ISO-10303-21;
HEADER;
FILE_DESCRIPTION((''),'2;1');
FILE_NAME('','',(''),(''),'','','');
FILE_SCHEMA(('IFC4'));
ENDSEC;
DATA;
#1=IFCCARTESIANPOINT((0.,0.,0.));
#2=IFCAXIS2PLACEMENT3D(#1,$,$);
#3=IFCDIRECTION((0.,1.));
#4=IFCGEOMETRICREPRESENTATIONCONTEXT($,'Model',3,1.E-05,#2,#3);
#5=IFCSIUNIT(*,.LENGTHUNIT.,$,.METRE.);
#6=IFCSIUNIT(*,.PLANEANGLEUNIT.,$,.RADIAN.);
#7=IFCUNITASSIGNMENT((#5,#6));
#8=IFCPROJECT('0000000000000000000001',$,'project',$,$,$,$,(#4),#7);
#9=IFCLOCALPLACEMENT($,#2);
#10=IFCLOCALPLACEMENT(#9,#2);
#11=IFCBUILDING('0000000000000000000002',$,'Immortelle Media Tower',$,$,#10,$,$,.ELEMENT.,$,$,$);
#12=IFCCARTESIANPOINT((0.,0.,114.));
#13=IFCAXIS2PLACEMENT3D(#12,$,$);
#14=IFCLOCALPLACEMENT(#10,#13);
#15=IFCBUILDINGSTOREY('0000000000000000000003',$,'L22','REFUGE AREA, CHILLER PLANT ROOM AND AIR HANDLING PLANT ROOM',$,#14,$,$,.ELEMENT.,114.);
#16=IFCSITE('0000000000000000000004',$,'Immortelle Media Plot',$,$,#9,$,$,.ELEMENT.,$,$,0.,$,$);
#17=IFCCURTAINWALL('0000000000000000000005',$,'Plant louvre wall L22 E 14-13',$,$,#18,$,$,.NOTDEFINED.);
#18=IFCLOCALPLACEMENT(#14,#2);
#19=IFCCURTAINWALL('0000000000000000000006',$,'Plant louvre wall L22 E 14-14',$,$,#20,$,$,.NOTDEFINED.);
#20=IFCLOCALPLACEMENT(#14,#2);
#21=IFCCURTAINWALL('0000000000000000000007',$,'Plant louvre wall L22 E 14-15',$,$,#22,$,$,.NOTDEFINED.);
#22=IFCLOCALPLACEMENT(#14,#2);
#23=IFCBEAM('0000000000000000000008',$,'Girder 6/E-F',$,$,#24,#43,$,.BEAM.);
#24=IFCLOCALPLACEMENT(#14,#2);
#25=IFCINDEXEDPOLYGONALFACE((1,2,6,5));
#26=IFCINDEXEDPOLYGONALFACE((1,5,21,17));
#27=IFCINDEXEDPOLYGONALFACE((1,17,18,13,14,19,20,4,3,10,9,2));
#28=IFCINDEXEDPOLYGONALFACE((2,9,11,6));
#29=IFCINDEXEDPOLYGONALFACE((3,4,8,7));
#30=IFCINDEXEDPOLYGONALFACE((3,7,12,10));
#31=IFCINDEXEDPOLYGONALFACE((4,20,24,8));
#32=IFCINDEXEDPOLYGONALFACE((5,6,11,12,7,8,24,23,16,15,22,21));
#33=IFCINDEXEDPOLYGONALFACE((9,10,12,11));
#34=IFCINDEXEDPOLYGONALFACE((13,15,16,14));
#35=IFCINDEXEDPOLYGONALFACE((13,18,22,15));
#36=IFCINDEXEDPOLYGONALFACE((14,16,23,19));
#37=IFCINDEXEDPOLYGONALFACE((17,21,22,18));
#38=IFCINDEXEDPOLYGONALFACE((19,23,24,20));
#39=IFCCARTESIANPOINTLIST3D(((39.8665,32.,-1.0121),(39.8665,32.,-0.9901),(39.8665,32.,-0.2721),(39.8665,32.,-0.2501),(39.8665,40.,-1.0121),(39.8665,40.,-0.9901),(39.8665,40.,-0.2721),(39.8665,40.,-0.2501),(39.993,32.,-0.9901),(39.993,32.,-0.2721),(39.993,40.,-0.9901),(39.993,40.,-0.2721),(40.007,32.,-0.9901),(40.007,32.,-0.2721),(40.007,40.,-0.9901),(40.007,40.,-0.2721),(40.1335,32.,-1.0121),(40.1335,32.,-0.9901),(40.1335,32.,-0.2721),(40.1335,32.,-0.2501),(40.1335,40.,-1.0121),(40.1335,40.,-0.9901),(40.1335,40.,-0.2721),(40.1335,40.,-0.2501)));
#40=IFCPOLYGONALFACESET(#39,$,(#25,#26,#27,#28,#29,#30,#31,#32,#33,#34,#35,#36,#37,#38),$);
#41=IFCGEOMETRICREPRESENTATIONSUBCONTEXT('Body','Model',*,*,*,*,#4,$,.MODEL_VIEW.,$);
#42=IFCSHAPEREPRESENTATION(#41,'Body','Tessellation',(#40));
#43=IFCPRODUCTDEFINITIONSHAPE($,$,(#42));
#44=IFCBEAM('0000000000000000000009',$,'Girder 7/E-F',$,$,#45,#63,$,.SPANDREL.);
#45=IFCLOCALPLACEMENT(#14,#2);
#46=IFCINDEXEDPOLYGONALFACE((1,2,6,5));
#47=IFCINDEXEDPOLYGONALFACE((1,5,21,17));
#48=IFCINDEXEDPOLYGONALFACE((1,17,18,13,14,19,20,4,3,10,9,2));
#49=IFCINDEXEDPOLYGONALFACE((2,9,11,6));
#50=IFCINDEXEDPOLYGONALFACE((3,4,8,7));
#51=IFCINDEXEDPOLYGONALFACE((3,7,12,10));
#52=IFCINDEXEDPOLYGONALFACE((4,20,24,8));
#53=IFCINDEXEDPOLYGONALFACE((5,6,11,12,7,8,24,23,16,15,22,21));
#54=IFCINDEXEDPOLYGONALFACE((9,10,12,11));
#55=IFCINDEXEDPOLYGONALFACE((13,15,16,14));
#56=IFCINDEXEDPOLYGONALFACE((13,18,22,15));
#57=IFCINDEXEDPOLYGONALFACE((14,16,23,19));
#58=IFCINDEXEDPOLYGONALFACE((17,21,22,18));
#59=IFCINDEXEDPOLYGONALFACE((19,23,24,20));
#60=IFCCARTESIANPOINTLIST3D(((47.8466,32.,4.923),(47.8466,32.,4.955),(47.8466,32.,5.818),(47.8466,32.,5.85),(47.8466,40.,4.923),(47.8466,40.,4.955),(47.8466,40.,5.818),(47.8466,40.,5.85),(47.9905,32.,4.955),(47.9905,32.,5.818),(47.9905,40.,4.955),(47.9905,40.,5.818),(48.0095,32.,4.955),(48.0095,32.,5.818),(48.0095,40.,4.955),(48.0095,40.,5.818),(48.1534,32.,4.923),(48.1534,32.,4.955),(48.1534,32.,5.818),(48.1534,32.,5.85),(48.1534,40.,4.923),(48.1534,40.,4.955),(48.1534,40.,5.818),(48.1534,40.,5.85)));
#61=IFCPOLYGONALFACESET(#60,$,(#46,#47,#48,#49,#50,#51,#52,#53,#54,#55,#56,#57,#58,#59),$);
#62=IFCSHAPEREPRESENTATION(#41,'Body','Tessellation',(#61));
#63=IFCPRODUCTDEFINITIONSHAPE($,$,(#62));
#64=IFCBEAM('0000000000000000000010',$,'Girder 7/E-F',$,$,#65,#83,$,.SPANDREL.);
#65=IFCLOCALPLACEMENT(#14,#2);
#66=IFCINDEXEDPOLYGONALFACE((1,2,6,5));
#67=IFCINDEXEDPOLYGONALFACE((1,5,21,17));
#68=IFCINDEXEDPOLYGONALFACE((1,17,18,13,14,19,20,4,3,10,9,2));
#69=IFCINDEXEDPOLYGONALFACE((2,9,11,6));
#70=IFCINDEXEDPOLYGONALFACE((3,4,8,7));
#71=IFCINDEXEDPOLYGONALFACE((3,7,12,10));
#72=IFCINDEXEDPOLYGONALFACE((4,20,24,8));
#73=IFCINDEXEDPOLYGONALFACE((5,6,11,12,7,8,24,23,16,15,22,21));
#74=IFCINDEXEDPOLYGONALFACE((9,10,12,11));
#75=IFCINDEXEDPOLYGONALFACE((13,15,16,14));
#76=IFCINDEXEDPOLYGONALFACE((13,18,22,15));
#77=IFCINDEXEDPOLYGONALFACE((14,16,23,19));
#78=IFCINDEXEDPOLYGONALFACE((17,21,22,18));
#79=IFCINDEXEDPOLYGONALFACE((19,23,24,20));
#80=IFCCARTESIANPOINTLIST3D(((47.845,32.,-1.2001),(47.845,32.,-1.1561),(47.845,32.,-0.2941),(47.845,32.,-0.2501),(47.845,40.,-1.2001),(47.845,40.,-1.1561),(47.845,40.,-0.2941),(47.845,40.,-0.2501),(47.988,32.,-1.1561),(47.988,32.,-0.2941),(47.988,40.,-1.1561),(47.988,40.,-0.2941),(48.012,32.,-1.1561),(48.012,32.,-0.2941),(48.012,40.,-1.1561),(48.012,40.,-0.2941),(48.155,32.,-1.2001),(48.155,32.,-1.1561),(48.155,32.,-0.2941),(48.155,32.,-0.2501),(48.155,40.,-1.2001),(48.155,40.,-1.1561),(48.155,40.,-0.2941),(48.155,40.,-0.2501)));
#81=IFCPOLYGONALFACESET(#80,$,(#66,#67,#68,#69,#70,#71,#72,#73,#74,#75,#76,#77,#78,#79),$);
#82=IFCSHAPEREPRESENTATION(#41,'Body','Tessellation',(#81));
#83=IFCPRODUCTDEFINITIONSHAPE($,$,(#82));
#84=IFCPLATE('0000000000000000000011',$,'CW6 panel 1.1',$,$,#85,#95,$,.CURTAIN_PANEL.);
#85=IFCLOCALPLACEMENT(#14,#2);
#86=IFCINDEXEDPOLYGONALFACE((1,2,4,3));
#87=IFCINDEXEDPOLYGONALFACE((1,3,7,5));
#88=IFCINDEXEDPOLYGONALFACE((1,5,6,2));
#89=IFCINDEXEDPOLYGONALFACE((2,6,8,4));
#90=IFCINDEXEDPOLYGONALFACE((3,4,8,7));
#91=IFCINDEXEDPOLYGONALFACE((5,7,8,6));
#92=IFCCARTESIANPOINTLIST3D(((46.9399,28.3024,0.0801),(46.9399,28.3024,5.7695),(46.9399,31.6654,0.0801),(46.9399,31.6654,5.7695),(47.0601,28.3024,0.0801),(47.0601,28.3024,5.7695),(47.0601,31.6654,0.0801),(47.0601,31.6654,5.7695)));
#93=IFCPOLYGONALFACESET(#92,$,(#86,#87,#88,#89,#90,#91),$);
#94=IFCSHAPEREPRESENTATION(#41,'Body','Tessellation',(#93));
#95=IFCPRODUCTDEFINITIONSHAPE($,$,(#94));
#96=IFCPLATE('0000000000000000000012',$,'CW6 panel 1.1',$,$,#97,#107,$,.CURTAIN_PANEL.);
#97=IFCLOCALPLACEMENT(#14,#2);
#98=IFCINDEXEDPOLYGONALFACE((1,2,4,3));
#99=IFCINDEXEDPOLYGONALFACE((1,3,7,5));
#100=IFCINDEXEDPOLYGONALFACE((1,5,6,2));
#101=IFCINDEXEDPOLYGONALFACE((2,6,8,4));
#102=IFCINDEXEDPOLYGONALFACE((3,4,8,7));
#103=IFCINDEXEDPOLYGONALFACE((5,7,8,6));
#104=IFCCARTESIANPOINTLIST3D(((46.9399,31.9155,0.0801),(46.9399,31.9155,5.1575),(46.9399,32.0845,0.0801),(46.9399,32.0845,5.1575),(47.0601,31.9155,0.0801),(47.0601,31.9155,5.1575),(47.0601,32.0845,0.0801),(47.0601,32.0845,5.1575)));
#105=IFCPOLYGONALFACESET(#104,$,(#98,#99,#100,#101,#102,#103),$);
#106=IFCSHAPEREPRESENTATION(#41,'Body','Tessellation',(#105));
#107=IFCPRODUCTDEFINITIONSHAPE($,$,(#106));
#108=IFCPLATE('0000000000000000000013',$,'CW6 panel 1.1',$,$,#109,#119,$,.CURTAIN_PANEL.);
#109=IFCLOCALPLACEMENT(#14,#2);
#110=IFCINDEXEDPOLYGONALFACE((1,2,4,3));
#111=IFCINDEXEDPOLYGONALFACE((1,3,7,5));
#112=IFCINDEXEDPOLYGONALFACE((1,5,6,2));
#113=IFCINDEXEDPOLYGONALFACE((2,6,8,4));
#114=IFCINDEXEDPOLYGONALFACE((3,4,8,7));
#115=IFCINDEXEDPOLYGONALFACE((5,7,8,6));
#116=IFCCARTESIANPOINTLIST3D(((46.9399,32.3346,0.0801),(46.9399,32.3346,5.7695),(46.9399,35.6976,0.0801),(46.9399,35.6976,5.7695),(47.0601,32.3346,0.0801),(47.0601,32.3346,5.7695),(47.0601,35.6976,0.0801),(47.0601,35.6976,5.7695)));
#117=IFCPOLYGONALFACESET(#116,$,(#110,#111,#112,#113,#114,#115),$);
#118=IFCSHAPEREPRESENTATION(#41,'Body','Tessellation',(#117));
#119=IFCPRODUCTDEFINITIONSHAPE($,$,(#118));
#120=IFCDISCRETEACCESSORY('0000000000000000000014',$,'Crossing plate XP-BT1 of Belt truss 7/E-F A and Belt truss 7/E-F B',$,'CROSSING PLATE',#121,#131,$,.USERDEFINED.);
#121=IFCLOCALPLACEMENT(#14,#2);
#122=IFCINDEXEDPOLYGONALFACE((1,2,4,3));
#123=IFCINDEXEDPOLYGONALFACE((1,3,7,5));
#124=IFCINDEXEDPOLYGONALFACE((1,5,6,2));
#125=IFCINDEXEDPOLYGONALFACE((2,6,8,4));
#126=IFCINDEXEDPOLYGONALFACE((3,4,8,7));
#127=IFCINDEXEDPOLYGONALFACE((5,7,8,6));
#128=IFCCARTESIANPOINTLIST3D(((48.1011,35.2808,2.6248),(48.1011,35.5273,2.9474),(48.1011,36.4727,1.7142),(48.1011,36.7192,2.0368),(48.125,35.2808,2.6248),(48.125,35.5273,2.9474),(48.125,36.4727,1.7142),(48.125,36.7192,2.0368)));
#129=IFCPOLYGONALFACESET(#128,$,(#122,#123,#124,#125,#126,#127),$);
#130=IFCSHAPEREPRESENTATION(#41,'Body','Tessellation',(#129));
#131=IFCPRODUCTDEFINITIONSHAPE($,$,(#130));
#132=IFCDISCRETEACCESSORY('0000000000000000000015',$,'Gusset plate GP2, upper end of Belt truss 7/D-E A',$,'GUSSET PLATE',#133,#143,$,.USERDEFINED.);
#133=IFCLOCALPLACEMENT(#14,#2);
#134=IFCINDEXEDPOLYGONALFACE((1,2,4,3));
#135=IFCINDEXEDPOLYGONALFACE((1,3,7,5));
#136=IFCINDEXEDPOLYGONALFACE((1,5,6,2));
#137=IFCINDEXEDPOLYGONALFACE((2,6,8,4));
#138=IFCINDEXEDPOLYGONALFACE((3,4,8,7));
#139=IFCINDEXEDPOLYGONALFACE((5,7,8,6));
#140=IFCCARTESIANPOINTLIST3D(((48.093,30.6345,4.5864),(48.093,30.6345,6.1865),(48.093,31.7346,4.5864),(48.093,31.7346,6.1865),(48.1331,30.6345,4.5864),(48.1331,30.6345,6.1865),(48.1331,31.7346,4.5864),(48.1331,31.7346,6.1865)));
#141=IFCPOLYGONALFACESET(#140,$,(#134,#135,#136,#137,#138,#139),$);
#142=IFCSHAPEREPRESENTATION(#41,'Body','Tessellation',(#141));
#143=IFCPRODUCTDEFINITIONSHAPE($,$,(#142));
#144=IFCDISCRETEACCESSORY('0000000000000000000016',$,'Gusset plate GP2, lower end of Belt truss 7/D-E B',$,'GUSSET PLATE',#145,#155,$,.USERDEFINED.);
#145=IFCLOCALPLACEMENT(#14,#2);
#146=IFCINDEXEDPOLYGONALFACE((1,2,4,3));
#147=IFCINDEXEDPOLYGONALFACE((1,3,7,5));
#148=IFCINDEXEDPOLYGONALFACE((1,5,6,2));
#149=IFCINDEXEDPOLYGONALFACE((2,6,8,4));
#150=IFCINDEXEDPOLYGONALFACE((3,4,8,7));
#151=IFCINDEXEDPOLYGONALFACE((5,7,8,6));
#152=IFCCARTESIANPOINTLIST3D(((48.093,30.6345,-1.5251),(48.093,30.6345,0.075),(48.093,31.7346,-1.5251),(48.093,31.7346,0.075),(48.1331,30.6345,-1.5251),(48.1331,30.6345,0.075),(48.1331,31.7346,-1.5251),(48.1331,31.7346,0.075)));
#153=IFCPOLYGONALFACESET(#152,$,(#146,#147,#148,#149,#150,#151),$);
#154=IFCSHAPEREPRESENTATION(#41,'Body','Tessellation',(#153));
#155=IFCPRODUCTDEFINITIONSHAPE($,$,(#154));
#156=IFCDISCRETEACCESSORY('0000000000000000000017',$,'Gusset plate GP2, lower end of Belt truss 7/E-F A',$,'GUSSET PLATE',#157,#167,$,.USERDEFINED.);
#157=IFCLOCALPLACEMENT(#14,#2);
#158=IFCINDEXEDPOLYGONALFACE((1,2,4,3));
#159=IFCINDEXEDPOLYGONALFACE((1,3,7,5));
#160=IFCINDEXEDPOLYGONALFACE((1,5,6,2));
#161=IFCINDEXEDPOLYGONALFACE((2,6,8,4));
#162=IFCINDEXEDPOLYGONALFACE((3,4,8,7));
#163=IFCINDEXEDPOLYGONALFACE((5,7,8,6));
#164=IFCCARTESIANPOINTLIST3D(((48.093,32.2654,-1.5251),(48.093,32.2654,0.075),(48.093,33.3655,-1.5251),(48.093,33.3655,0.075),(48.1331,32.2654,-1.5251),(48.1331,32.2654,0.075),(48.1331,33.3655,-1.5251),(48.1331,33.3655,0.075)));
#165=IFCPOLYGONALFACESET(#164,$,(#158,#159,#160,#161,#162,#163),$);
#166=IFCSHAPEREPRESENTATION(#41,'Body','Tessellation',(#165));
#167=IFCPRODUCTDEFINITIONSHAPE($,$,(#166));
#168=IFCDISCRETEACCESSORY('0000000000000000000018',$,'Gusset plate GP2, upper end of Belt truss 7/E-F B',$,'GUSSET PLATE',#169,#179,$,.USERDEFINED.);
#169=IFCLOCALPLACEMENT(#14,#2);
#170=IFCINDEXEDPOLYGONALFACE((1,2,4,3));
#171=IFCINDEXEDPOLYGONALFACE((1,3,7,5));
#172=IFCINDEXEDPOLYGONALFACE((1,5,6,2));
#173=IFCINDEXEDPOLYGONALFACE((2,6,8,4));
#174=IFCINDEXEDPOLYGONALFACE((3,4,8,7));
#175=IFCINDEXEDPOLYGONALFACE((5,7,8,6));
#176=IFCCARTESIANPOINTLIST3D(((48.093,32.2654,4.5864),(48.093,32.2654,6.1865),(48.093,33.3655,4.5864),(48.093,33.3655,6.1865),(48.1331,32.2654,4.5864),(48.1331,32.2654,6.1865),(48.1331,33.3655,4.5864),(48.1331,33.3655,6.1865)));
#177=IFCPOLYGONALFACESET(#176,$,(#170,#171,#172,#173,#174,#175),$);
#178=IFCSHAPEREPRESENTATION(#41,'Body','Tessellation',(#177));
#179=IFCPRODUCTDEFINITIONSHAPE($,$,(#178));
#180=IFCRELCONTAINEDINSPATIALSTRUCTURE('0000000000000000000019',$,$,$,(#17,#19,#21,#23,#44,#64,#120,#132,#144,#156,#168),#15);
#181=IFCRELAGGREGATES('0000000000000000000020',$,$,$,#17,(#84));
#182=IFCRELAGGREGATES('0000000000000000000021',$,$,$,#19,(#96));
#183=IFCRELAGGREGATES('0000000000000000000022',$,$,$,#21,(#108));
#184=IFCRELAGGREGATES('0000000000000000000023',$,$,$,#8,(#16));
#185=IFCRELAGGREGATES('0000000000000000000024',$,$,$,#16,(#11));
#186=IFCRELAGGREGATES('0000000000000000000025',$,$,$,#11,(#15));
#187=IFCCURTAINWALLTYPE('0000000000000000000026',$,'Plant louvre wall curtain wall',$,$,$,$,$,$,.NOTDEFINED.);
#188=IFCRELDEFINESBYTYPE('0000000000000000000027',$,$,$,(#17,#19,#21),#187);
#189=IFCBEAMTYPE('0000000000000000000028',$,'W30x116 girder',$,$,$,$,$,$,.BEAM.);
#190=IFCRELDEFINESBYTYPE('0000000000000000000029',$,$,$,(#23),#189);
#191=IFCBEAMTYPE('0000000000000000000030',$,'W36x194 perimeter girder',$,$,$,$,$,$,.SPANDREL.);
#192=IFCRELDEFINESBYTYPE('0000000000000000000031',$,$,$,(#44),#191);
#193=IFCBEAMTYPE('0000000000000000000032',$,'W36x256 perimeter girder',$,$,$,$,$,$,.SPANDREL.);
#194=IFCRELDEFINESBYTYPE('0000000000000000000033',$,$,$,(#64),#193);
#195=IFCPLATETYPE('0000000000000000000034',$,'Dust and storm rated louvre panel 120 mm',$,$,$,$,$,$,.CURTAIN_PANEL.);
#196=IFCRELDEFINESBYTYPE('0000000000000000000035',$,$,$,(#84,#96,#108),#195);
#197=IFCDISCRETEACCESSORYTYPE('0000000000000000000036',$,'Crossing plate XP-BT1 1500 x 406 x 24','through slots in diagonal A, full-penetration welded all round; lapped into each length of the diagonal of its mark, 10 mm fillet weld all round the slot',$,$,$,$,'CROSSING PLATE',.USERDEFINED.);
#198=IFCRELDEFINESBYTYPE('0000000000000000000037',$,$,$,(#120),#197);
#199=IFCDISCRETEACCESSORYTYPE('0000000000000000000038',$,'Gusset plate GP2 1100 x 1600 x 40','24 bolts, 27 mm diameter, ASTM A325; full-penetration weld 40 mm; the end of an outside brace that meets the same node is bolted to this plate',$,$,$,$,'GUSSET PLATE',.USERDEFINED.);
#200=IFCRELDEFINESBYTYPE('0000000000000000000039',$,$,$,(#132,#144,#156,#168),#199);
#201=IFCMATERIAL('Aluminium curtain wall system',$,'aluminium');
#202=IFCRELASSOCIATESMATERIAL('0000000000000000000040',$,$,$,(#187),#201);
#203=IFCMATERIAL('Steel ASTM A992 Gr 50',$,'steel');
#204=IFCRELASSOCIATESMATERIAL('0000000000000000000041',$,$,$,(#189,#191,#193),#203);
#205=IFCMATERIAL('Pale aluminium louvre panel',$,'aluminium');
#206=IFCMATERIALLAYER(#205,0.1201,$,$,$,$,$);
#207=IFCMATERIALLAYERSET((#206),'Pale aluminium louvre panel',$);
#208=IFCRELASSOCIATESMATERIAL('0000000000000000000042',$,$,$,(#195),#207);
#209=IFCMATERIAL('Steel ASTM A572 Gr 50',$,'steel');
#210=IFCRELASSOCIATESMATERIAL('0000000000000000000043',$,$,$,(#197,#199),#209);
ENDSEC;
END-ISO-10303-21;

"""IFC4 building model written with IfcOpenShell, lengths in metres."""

from ifc_helpers import new_model, si_unit, direction, frame, origin, origin_2d, place, context, subcontext, project, spatial, rectangle, i_section, extrude, material, layer, layer_set, material_profile, profile_set, type_object, element, aggregate, save


model = new_model("IFC4")

# Units and contexts
model_context = context("Model", 3, precision=1e-05, world=origin(), true_north=direction((0.0, 1.0)))
body_context = subcontext(model_context, "Body", "Model", "MODEL_VIEW")
ifc_project = project(units=[si_unit("LENGTHUNIT", "METRE"), si_unit("PLANEANGLEUNIT", "RADIAN")], contexts=[model_context])

# Site, building, storey
site_placement = place(None, origin())
site = spatial("IfcSite", under=ifc_project, at=site_placement, Name="Immortelle Media Plot", CompositionType="ELEMENT", RefElevation=0.0)
building_placement = place(site_placement, origin())
building = spatial("IfcBuilding", under=site, at=building_placement, Name="Immortelle Media Tower", CompositionType="ELEMENT")
storey_placement = place(building_placement, frame((0.0, 0.0, 114.0)))
storey = spatial("IfcBuildingStorey", under=building, at=storey_placement, Name="L22", Description="REFUGE AREA, CHILLER PLANT ROOM AND AIR HANDLING PLANT ROOM", CompositionType="ELEMENT", Elevation=114.0)

# Shared definitions
ifc_material_1 = material(Name="Steel ASTM A992 Gr 50", Category="steel")

# Curtain wall
ifc_material_2 = material(Name="Aluminium curtain wall system", Category="aluminium")
curtain_wall_type = type_object("IfcCurtainWallType", Name="Plant louvre wall curtain wall", PredefinedType="NOTDEFINED", material=ifc_material_2)
curtain_wall_1_placement = place(storey_placement, origin())
curtain_wall_1 = element("IfcCurtainWall", 1, at=curtain_wall_1_placement, inside=storey, type_object=curtain_wall_type, Name="Plant louvre wall L22 E 14-13", PredefinedType="NOTDEFINED")

# Curtain walls
curtain_wall_2_placement = place(storey_placement, origin())
curtain_wall_2 = element("IfcCurtainWall", 2, at=curtain_wall_2_placement, inside=storey, type_object=curtain_wall_type, Name="Plant louvre wall L22 E 14-14", PredefinedType="NOTDEFINED")
curtain_wall_3_placement = place(storey_placement, origin())
curtain_wall_3 = element("IfcCurtainWall", 3, at=curtain_wall_3_placement, inside=storey, type_object=curtain_wall_type, Name="Plant louvre wall L22 E 14-15", PredefinedType="NOTDEFINED")

# Beams
ifc_material_profile_1 = material_profile(ifc_material_1, i_section(OverallWidth=0.2671, OverallDepth=0.762, WebThickness=0.0139, FlangeThickness=0.022, at=origin_2d()), Name="W30x116")
ifc_profile_set_1 = profile_set([ifc_material_profile_1], Name="Steel ASTM A992 Gr 50")
beam_type_1 = type_object("IfcBeamType", Name="W30x116 girder", PredefinedType="BEAM", material=ifc_profile_set_1)
for number, where, z_axis, x_axis, name in (
    (4, (40.0, 32.0, -0.6311), (0.0, 1.0, 0.0), (-1.0, 0.0, 0.0), "Girder 6/E-F"),
):
    element("IfcBeam", number, at=place(storey_placement, frame(where, z_axis=z_axis, x_axis=x_axis)), inside=storey, type_object=beam_type_1, Name=name, PredefinedType="BEAM", context=body_context, shape_type="SweptSolid", body=[
        extrude(i_section(OverallWidth=0.2671, OverallDepth=0.762, WebThickness=0.0139, FlangeThickness=0.022, at=origin_2d()), origin(), (0.0, 0.0, 1.0), 8.0),
    ])
ifc_material_profile_2 = material_profile(ifc_material_1, i_section(OverallWidth=0.3069, OverallDepth=0.927, WebThickness=0.019, FlangeThickness=0.032, at=origin_2d()), Name="W36x194")
ifc_profile_set_2 = profile_set([ifc_material_profile_2], Name="Steel ASTM A992 Gr 50")
beam_type_2 = type_object("IfcBeamType", Name="W36x194 perimeter girder", PredefinedType="SPANDREL", material=ifc_profile_set_2)
beam_1_placement = place(storey_placement, frame((48.0, 32.0, 5.3865), z_axis=(0.0, 1.0, 0.0), x_axis=(-1.0, 0.0, 0.0)))
element("IfcBeam", 5, at=beam_1_placement, inside=storey, type_object=beam_type_2, Name="Girder 7/E-F", PredefinedType="SPANDREL", context=body_context, shape_type="SweptSolid", body=[
    extrude(i_section(OverallWidth=0.3069, OverallDepth=0.927, WebThickness=0.019, FlangeThickness=0.032, at=origin_2d()), origin(), (0.0, 0.0, 1.0), 8.0),
])
ifc_material_profile_3 = material_profile(ifc_material_1, i_section(OverallWidth=0.3101, OverallDepth=0.95, WebThickness=0.0239, FlangeThickness=0.0439, at=origin_2d()), Name="W36x256")
ifc_profile_set_3 = profile_set([ifc_material_profile_3], Name="Steel ASTM A992 Gr 50")
beam_type_3 = type_object("IfcBeamType", Name="W36x256 perimeter girder", PredefinedType="SPANDREL", material=ifc_profile_set_3)
beam_2_placement = place(storey_placement, frame((48.0, 32.0, -0.7251), z_axis=(0.0, 1.0, 0.0), x_axis=(-1.0, 0.0, 0.0)))
element("IfcBeam", 6, at=beam_2_placement, inside=storey, type_object=beam_type_3, Name="Girder 7/E-F", PredefinedType="SPANDREL", context=body_context, shape_type="SweptSolid", body=[
    extrude(i_section(OverallWidth=0.3101, OverallDepth=0.95, WebThickness=0.0239, FlangeThickness=0.0439, at=origin_2d()), origin(), (0.0, 0.0, 1.0), 8.0),
])

# Plates
ifc_material_3 = material(Name="Pale aluminium louvre panel", Category="aluminium")
ifc_layer = layer(ifc_material_3, 0.1201)
ifc_layer_set = layer_set([ifc_layer], Name="Pale aluminium louvre panel")
plate_type = type_object("IfcPlateType", Name="Dust and storm rated louvre panel 120 mm", PredefinedType="CURTAIN_PANEL", material=ifc_layer_set)
plate_1_placement = place(storey_placement, frame((47.0, 29.9839, 0.0801), z_axis=(0.0, 0.0, 1.0), x_axis=(0.0, 1.0, 0.0)))
plate_1 = element("IfcPlate", 7, at=plate_1_placement, type_object=plate_type, Name="CW6 panel 1.1", PredefinedType="CURTAIN_PANEL", context=body_context, shape_type="SweptSolid", body=[
    extrude(rectangle(XDim=3.363, YDim=0.1201, at=origin_2d()), origin(), (0.0, 0.0, 1.0), 5.6895),
])
aggregate(curtain_wall_1, [plate_1])
plate_2_placement = place(storey_placement, frame((47.0, 32.0, 0.0801), z_axis=(0.0, 0.0, 1.0), x_axis=(0.0, 1.0, 0.0)))
plate_2 = element("IfcPlate", 8, at=plate_2_placement, type_object=plate_type, Name="CW6 panel 1.1", PredefinedType="CURTAIN_PANEL", context=body_context, shape_type="SweptSolid", body=[
    extrude(rectangle(XDim=0.1689, YDim=0.1201, at=origin_2d()), origin(), (0.0, 0.0, 1.0), 5.0774),
])
aggregate(curtain_wall_2, [plate_2])
plate_3_placement = place(storey_placement, frame((47.0, 34.0161, 0.0801), z_axis=(0.0, 0.0, 1.0), x_axis=(0.0, 1.0, 0.0)))
plate_3 = element("IfcPlate", 9, at=plate_3_placement, type_object=plate_type, Name="CW6 panel 1.1", PredefinedType="CURTAIN_PANEL", context=body_context, shape_type="SweptSolid", body=[
    extrude(rectangle(XDim=3.363, YDim=0.1201, at=origin_2d()), origin(), (0.0, 0.0, 1.0), 5.6895),
])
aggregate(curtain_wall_3, [plate_3])

# Discrete accessories
ifc_material_4 = material(Name="Steel ASTM A572 Gr 50", Category="steel")
ifc_material_profile_4 = material_profile(ifc_material_4, rectangle(XDim=0.0239, YDim=0.406, at=origin_2d()), Name="PL 24 x 406")
ifc_profile_set_4 = profile_set([ifc_material_profile_4], Name="Steel ASTM A572 Gr 50")
discrete_accessory_type_1 = type_object("IfcDiscreteAccessoryType", Name="Crossing plate XP-BT1 1500 x 406 x 24", Description="through slots in diagonal A, full-penetration welded all round; lapped into each length of the diagonal of its mark, 10 mm fillet weld all round the slot", ElementType="CROSSING PLATE", PredefinedType="USERDEFINED", material=ifc_profile_set_4)
discrete_accessory_placement = place(storey_placement, frame((48.113, 35.4041, 2.7861), z_axis=(0.0, 0.794616, -0.607112), x_axis=(-1.0, 0.0, 0.0)))
element("IfcDiscreteAccessory", 10, at=discrete_accessory_placement, inside=storey, type_object=discrete_accessory_type_1, Name="Crossing plate XP-BT1 of Belt truss 7/E-F A and Belt truss 7/E-F B", ObjectType="CROSSING PLATE", PredefinedType="USERDEFINED", context=body_context, shape_type="SweptSolid", body=[
    extrude(rectangle(XDim=0.0239, YDim=0.406, at=origin_2d()), origin(), (0.0, 0.0, 1.0), 1.5),
])
ifc_material_profile_5 = material_profile(ifc_material_4, rectangle(XDim=0.04, YDim=1.6001, at=origin_2d()), Name="PL 40 x 1600")
ifc_profile_set_5 = profile_set([ifc_material_profile_5], Name="Steel ASTM A572 Gr 50")
discrete_accessory_type_2 = type_object("IfcDiscreteAccessoryType", Name="Gusset plate GP2 1100 x 1600 x 40", Description="24 bolts, 27 mm diameter, ASTM A325; full-penetration weld 40 mm; the end of an outside brace that meets the same node is bolted to this plate", ElementType="GUSSET PLATE", PredefinedType="USERDEFINED", material=ifc_profile_set_5)
for number, where, z_axis, x_axis, name in (
    (11, (48.113, 31.7346, 5.3865), (0.0, -1.0, 0.0), (1.0, 0.0, 0.0), "Gusset plate GP2, upper end of Belt truss 7/D-E A"),
    (12, (48.113, 31.7346, -0.7251), (0.0, -1.0, 0.0), (1.0, 0.0, 0.0), "Gusset plate GP2, lower end of Belt truss 7/D-E B"),
    (13, (48.113, 32.2654, -0.7251), (0.0, 1.0, 0.0), (-1.0, 0.0, 0.0), "Gusset plate GP2, lower end of Belt truss 7/E-F A"),
    (14, (48.113, 32.2654, 5.3865), (0.0, 1.0, 0.0), (-1.0, 0.0, 0.0), "Gusset plate GP2, upper end of Belt truss 7/E-F B"),
):
    element("IfcDiscreteAccessory", number, at=place(storey_placement, frame(where, z_axis=z_axis, x_axis=x_axis)), inside=storey, type_object=discrete_accessory_type_2, Name=name, ObjectType="GUSSET PLATE", PredefinedType="USERDEFINED", context=body_context, shape_type="SweptSolid", body=[
        extrude(rectangle(XDim=0.04, YDim=1.6001, at=origin_2d()), origin(), (0.0, 0.0, 1.0), 1.1001),
    ])

save(model, "model.ifc")
